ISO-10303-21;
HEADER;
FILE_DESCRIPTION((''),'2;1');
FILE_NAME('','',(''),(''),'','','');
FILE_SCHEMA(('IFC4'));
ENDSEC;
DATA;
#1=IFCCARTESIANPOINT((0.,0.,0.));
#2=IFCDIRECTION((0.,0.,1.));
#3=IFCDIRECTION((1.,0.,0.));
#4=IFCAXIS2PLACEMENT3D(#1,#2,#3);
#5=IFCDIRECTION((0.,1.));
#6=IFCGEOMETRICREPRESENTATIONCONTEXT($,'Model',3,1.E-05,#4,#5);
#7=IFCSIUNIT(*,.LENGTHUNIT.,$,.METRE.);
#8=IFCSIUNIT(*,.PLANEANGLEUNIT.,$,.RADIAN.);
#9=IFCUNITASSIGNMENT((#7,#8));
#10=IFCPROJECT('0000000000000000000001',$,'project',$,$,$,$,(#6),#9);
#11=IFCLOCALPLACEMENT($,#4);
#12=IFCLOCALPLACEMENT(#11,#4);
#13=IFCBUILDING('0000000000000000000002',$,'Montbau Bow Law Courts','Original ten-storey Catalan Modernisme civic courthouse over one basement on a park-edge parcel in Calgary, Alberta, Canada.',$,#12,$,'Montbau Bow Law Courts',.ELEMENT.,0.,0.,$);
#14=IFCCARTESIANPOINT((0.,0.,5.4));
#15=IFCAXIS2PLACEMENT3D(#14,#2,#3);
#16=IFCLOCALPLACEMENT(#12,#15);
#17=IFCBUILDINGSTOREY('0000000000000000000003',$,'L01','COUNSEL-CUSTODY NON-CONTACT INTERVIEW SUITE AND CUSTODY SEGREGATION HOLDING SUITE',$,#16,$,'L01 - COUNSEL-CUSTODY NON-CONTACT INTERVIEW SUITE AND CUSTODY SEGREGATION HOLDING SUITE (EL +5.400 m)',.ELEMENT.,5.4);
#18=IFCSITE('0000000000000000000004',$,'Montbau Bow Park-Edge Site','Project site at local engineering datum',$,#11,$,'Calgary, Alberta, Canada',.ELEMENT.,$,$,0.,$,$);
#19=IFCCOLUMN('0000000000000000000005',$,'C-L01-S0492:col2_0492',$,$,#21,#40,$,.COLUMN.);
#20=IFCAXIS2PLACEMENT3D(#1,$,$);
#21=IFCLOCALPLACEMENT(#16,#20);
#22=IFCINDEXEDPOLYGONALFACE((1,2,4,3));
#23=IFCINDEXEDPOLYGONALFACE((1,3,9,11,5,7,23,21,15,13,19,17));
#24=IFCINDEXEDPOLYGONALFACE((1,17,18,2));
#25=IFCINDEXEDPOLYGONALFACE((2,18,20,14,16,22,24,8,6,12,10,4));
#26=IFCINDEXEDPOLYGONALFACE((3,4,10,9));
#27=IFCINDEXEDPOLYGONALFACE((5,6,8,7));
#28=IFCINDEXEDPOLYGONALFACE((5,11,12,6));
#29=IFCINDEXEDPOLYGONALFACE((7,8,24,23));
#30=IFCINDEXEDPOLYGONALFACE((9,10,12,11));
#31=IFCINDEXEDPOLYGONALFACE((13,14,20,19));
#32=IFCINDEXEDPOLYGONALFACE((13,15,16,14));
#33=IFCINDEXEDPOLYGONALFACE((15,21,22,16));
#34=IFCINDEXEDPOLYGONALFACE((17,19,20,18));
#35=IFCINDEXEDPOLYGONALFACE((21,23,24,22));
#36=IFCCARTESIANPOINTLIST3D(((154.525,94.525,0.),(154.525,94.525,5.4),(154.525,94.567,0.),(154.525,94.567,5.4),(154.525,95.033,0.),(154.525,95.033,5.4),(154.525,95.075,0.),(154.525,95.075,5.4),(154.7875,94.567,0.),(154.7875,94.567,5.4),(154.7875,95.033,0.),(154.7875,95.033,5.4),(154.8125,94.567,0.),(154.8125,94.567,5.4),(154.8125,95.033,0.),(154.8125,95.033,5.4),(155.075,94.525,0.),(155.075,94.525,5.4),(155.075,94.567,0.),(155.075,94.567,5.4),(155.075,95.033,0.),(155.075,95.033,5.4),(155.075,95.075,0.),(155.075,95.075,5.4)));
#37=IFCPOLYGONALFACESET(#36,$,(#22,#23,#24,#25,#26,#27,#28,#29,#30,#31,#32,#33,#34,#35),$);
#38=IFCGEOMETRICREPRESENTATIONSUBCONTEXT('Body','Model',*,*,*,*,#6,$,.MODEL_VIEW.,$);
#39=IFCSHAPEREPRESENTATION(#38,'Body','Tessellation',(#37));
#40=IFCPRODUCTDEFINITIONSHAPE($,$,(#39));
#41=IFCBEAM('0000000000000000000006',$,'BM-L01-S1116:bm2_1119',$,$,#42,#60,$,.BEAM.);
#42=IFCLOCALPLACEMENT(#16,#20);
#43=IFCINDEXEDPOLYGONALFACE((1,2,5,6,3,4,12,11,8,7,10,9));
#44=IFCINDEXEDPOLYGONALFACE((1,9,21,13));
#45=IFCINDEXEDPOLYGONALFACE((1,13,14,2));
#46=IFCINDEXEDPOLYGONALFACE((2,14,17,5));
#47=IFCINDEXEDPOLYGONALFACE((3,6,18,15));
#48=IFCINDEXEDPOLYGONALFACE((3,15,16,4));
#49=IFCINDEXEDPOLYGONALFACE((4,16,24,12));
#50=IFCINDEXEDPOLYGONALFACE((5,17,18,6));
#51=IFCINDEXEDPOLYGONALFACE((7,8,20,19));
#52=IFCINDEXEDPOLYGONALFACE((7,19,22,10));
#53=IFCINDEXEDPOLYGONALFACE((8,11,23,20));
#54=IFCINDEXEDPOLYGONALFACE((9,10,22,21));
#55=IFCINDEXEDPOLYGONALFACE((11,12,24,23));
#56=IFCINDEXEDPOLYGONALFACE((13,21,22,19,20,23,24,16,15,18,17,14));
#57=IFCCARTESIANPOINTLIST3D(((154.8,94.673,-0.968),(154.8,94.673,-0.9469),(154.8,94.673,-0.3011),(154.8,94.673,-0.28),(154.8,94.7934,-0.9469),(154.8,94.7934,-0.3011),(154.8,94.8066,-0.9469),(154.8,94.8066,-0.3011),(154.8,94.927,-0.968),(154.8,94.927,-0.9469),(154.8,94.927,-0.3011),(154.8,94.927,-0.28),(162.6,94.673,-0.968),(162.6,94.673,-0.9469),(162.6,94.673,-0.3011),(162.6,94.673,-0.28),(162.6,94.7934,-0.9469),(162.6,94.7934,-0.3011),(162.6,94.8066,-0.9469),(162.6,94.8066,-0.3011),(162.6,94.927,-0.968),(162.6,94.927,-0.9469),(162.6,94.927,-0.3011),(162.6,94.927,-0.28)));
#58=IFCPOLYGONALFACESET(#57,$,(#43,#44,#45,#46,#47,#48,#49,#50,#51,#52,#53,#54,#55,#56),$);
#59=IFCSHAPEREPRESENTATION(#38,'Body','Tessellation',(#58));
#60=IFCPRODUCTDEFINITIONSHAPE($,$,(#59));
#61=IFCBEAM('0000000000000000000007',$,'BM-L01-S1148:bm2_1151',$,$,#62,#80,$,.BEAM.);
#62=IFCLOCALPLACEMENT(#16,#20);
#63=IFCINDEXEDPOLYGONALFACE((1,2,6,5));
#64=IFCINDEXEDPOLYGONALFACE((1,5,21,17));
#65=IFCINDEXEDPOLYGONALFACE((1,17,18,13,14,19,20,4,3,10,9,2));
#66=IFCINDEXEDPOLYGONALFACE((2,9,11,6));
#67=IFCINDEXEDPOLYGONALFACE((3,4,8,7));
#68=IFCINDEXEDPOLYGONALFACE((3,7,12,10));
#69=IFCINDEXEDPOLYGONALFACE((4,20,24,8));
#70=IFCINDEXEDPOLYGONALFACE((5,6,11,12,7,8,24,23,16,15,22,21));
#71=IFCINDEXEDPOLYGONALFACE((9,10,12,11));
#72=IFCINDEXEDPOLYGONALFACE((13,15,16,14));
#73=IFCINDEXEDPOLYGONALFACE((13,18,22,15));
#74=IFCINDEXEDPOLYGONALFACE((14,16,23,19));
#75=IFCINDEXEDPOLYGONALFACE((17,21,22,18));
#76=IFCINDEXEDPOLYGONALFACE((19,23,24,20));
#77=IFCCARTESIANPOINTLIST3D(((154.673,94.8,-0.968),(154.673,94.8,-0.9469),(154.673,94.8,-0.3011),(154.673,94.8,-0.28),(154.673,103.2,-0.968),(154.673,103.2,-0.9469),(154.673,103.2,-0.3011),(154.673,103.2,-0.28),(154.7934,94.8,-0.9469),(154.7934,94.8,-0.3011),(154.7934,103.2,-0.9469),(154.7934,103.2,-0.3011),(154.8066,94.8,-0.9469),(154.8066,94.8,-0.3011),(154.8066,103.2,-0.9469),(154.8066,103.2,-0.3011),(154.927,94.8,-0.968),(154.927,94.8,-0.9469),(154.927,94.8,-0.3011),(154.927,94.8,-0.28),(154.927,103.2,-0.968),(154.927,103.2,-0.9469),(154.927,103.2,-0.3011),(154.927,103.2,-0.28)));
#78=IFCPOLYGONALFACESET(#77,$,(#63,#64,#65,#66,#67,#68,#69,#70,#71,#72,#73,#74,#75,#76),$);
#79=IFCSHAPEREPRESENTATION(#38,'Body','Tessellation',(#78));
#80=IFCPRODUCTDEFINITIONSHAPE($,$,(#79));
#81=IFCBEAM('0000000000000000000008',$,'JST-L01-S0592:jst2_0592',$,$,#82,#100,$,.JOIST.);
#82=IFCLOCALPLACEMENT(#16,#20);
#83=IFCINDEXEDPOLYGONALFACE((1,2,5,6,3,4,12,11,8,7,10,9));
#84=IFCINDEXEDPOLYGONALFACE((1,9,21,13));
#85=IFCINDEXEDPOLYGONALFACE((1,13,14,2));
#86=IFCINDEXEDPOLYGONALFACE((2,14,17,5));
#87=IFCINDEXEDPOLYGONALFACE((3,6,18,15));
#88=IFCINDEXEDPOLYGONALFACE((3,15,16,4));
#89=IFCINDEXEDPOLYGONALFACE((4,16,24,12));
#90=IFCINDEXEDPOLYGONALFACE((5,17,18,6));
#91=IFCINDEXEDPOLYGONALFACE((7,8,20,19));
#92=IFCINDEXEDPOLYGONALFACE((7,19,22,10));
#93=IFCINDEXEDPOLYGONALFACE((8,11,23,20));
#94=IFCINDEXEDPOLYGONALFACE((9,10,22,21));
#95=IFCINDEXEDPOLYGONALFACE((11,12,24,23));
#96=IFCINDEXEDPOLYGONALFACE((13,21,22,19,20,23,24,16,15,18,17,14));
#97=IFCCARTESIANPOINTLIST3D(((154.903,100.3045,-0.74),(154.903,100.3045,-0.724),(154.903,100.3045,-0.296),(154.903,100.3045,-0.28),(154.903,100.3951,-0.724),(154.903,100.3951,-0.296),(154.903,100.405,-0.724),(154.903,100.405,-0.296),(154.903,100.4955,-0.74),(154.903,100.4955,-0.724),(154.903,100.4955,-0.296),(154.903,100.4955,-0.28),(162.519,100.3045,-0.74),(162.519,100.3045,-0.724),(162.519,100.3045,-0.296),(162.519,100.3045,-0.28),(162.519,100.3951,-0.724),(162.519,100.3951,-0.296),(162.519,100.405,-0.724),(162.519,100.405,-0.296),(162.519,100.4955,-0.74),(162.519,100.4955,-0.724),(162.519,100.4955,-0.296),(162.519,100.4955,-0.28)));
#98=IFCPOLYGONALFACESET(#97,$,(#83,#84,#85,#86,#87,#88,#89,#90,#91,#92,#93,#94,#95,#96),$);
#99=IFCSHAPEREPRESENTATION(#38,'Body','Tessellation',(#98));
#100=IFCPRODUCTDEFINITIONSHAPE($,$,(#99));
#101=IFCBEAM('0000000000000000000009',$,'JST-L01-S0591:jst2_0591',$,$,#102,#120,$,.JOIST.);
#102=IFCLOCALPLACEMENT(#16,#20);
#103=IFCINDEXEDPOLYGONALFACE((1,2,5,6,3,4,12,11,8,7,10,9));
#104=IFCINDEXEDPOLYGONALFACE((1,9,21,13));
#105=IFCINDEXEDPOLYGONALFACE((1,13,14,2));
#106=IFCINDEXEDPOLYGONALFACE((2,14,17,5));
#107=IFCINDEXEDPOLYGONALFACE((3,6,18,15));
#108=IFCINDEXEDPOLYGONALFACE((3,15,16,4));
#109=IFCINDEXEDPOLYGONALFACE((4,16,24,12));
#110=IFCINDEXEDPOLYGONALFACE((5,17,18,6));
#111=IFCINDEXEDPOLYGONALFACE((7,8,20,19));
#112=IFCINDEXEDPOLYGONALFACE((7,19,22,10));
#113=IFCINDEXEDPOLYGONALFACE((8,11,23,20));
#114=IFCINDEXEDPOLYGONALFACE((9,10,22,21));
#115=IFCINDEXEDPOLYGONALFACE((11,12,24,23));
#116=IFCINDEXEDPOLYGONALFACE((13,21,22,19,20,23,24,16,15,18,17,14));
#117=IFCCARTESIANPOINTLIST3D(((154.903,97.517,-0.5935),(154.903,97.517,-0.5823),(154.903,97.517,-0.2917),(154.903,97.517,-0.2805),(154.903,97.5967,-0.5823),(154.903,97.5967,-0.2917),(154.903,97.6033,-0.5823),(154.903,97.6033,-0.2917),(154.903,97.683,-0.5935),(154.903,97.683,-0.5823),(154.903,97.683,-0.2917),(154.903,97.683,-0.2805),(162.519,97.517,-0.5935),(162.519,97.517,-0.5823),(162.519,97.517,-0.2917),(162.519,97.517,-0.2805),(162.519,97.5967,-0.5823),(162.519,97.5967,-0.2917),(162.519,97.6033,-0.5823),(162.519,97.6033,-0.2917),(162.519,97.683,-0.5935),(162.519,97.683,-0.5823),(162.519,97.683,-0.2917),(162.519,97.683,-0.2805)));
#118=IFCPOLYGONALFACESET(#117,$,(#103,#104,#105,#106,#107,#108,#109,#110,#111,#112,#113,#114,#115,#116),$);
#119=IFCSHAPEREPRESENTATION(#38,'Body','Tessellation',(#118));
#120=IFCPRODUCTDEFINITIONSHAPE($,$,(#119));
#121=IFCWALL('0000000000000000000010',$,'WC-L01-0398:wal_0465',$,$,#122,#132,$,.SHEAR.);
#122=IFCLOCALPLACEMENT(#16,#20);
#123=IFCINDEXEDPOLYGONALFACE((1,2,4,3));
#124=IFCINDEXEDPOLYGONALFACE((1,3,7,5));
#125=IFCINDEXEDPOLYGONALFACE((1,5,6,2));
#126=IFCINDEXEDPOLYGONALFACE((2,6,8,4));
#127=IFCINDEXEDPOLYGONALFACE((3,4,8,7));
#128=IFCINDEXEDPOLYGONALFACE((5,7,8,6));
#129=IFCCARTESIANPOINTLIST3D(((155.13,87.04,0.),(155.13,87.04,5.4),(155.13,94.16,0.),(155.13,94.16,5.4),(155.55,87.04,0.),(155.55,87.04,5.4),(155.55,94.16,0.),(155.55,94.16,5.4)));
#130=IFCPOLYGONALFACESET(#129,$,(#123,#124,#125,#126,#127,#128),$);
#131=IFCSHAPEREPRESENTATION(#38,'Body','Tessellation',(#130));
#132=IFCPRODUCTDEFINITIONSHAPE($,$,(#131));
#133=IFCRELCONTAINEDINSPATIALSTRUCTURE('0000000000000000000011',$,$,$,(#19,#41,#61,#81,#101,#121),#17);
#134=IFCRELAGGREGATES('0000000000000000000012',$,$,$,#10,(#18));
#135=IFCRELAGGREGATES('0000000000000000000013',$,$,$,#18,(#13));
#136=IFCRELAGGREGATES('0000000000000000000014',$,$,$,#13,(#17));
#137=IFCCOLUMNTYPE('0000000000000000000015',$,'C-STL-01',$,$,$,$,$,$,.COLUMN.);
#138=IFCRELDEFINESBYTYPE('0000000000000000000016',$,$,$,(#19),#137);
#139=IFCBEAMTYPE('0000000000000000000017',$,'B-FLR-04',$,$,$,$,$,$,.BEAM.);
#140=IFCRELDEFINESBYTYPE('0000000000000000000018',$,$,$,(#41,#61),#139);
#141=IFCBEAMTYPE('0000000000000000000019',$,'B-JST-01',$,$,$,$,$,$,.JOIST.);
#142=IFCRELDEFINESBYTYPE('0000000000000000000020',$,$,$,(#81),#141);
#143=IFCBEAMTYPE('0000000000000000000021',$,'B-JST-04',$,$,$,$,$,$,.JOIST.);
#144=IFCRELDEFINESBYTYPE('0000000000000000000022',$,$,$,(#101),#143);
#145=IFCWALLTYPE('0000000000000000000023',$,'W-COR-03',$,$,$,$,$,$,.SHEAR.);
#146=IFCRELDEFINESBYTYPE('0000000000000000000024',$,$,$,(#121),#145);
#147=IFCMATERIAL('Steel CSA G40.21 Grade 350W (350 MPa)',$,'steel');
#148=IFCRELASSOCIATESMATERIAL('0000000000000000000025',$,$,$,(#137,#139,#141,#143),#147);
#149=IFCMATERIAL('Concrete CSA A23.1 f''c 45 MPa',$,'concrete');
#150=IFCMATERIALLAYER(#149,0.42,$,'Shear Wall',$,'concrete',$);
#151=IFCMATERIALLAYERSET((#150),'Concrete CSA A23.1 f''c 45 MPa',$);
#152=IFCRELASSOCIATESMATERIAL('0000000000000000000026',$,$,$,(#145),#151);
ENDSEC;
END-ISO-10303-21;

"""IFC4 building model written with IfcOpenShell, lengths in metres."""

from ifc_helpers import new_model, si_unit, direction, frame, frame_2d, origin_with_axes, origin_2d_with_axis, place, context, subcontext, project, spatial, rectangle, i_section, extrude, material, layer, layer_set, material_profile, profile_set, type_object, element, save


model = new_model("IFC4")

# Units and contexts
model_context = context("Model", 3, precision=1e-05, world=origin_with_axes(), true_north=direction((0.0, 1.0)))
body_context = subcontext(model_context, "Body", "Model", "MODEL_VIEW")
ifc_project = project(units=[si_unit("LENGTHUNIT", "METRE"), si_unit("PLANEANGLEUNIT", "RADIAN")], contexts=[model_context])

# Site, building, storey
site_placement = place(None, origin_with_axes())
site = spatial("IfcSite", under=ifc_project, at=site_placement, Name="Montbau Bow Park-Edge Site", Description="Project site at local engineering datum", LongName="Calgary, Alberta, Canada", CompositionType="ELEMENT", RefElevation=0.0)
building_placement = place(site_placement, origin_with_axes())
building = spatial("IfcBuilding", under=site, at=building_placement, Name="Montbau Bow Law Courts", Description="Original ten-storey Catalan Modernisme civic courthouse over one basement on a park-edge parcel in Calgary, Alberta, Canada.", LongName="Montbau Bow Law Courts", CompositionType="ELEMENT", ElevationOfRefHeight=0.0, ElevationOfTerrain=0.0)
storey_placement = place(building_placement, frame((0.0, 0.0, 5.4), z_axis=(0.0, 0.0, 1.0), x_axis=(1.0, 0.0, 0.0)))
storey = spatial("IfcBuildingStorey", under=building, at=storey_placement, Name="L01", Description="COUNSEL-CUSTODY NON-CONTACT INTERVIEW SUITE AND CUSTODY SEGREGATION HOLDING SUITE", LongName="L01 - COUNSEL-CUSTODY NON-CONTACT INTERVIEW SUITE AND CUSTODY SEGREGATION HOLDING SUITE (EL +5.400 m)", CompositionType="ELEMENT", Elevation=5.4)

# Column
ifc_material_1 = material(Name="Steel CSA G40.21 Grade 350W (350 MPa)", Category="steel")
ifc_material_profile_1 = material_profile(ifc_material_1, i_section(OverallWidth=0.55, OverallDepth=0.55, WebThickness=0.025, FlangeThickness=0.042, at=origin_2d_with_axis()), Name="WWF550X420", Category="Main", Priority=0)
ifc_profile_set_1 = profile_set([ifc_material_profile_1], Name="Steel CSA G40.21 Grade 350W (350 MPa)")
column_type = type_object("IfcColumnType", Name="C-STL-01", PredefinedType="COLUMN", material=ifc_profile_set_1)
column_placement = place(None, frame((154.8, 94.8, 5.4), z_axis=(0.0, 0.0, 1.0), x_axis=(1.0, 0.0, 0.0)))
element("IfcColumn", 1, at=column_placement, inside=storey, type_object=column_type, Name="C-L01-S0492:col2_0492", PredefinedType="COLUMN", context=body_context, shape_type="SweptSolid", body=[
    extrude(i_section(OverallWidth=0.55, OverallDepth=0.55, WebThickness=0.025, FlangeThickness=0.042, at=origin_2d_with_axis()), origin_with_axes(), (0.0, 0.0, 1.0), 5.4),
])

# Beams
ifc_material_profile_2 = material_profile(ifc_material_1, i_section(OverallWidth=0.254, OverallDepth=0.688, WebThickness=0.0131, FlangeThickness=0.0211, at=origin_2d_with_axis()), Name="W690X152", Category="Main", Priority=0)
ifc_profile_set_2 = profile_set([ifc_material_profile_2], Name="Steel CSA G40.21 Grade 350W (350 MPa)")
beam_type_1 = type_object("IfcBeamType", Name="B-FLR-04", PredefinedType="BEAM", material=ifc_profile_set_2)
beam_1_placement = place(None, frame((154.8, 94.8, 4.776), z_axis=(1.0, 0.0, 0.0), x_axis=(0.0, 1.0, 0.0)))
element("IfcBeam", 2, at=beam_1_placement, inside=storey, type_object=beam_type_1, Name="BM-L01-S1116:bm2_1119", PredefinedType="BEAM", context=body_context, shape_type="SweptSolid", body=[
    extrude(i_section(OverallWidth=0.254, OverallDepth=0.688, WebThickness=0.0131, FlangeThickness=0.0211, at=origin_2d_with_axis()), origin_with_axes(), (0.0, 0.0, 1.0), 7.8),
])
beam_2_placement = place(None, frame((154.8, 94.8, 4.776), z_axis=(0.0, 1.0, 0.0), x_axis=(-1.0, 0.0, 0.0)))
element("IfcBeam", 3, at=beam_2_placement, inside=storey, type_object=beam_type_1, Name="BM-L01-S1148:bm2_1151", PredefinedType="BEAM", context=body_context, shape_type="SweptSolid", body=[
    extrude(i_section(OverallWidth=0.254, OverallDepth=0.688, WebThickness=0.0131, FlangeThickness=0.0211, at=origin_2d_with_axis()), origin_with_axes(), (0.0, 0.0, 1.0), 8.4),
])
ifc_material_profile_3 = material_profile(ifc_material_1, i_section(OverallWidth=0.191, OverallDepth=0.46, WebThickness=0.0099, FlangeThickness=0.016, at=origin_2d_with_axis()), Name="W460X82", Category="Main", Priority=0)
ifc_profile_set_3 = profile_set([ifc_material_profile_3], Name="Steel CSA G40.21 Grade 350W (350 MPa)")
beam_type_2 = type_object("IfcBeamType", Name="B-JST-01", PredefinedType="JOIST", material=ifc_profile_set_3)
beam_3_placement = place(None, frame((154.903, 100.4, 4.89), z_axis=(1.0, 0.0, 0.0), x_axis=(0.0, 1.0, 0.0)))
element("IfcBeam", 4, at=beam_3_placement, inside=storey, type_object=beam_type_2, Name="JST-L01-S0592:jst2_0592", PredefinedType="JOIST", context=body_context, shape_type="SweptSolid", body=[
    extrude(i_section(OverallWidth=0.191, OverallDepth=0.46, WebThickness=0.0099, FlangeThickness=0.016, at=origin_2d_with_axis()), origin_with_axes(), (0.0, 0.0, 1.0), 7.616),
])
ifc_material_profile_4 = material_profile(ifc_material_1, i_section(OverallWidth=0.166, OverallDepth=0.313, WebThickness=0.0066, FlangeThickness=0.0112, at=origin_2d_with_axis()), Name="W310X45", Category="Main", Priority=0)
ifc_profile_set_4 = profile_set([ifc_material_profile_4], Name="Steel CSA G40.21 Grade 350W (350 MPa)")
beam_type_3 = type_object("IfcBeamType", Name="B-JST-04", PredefinedType="JOIST", material=ifc_profile_set_4)
beam_4_placement = place(None, frame((154.903, 97.6, 4.963), z_axis=(1.0, 0.0, 0.0), x_axis=(0.0, 1.0, 0.0)))
element("IfcBeam", 5, at=beam_4_placement, inside=storey, type_object=beam_type_3, Name="JST-L01-S0591:jst2_0591", PredefinedType="JOIST", context=body_context, shape_type="SweptSolid", body=[
    extrude(i_section(OverallWidth=0.166, OverallDepth=0.313, WebThickness=0.0066, FlangeThickness=0.0112, at=origin_2d_with_axis()), origin_with_axes(), (0.0, 0.0, 1.0), 7.616),
])

# Wall
ifc_material_2 = material(Name="Concrete CSA A23.1 f'c 45 MPa", Category="concrete")
ifc_layer_1 = layer(ifc_material_2, 0.42, Name="Shear Wall", Category="concrete")
ifc_layer_set_1 = layer_set([ifc_layer_1], Name="Concrete CSA A23.1 f'c 45 MPa")
wall_type_1 = type_object("IfcWallType", Name="W-COR-03", PredefinedType="SHEAR", material=ifc_layer_set_1)
wall_1_placement = place(None, frame((155.34, 94.16, 5.4), z_axis=(0.0, 0.0, 1.0), x_axis=(0.0, -1.0, 0.0)))
element("IfcWall", 6, at=wall_1_placement, inside=storey, type_object=wall_type_1, Name="WC-L01-0398:wal_0465", PredefinedType="SHEAR", context=body_context, shape_type="SweptSolid", body=[
    extrude(rectangle(XDim=7.12, YDim=0.42, at=frame_2d((3.56, 0.0), x_axis=(1.0, 0.0))), origin_with_axes(), (0.0, 0.0, 1.0), 5.4),
])

save(model, "model.ifc")
